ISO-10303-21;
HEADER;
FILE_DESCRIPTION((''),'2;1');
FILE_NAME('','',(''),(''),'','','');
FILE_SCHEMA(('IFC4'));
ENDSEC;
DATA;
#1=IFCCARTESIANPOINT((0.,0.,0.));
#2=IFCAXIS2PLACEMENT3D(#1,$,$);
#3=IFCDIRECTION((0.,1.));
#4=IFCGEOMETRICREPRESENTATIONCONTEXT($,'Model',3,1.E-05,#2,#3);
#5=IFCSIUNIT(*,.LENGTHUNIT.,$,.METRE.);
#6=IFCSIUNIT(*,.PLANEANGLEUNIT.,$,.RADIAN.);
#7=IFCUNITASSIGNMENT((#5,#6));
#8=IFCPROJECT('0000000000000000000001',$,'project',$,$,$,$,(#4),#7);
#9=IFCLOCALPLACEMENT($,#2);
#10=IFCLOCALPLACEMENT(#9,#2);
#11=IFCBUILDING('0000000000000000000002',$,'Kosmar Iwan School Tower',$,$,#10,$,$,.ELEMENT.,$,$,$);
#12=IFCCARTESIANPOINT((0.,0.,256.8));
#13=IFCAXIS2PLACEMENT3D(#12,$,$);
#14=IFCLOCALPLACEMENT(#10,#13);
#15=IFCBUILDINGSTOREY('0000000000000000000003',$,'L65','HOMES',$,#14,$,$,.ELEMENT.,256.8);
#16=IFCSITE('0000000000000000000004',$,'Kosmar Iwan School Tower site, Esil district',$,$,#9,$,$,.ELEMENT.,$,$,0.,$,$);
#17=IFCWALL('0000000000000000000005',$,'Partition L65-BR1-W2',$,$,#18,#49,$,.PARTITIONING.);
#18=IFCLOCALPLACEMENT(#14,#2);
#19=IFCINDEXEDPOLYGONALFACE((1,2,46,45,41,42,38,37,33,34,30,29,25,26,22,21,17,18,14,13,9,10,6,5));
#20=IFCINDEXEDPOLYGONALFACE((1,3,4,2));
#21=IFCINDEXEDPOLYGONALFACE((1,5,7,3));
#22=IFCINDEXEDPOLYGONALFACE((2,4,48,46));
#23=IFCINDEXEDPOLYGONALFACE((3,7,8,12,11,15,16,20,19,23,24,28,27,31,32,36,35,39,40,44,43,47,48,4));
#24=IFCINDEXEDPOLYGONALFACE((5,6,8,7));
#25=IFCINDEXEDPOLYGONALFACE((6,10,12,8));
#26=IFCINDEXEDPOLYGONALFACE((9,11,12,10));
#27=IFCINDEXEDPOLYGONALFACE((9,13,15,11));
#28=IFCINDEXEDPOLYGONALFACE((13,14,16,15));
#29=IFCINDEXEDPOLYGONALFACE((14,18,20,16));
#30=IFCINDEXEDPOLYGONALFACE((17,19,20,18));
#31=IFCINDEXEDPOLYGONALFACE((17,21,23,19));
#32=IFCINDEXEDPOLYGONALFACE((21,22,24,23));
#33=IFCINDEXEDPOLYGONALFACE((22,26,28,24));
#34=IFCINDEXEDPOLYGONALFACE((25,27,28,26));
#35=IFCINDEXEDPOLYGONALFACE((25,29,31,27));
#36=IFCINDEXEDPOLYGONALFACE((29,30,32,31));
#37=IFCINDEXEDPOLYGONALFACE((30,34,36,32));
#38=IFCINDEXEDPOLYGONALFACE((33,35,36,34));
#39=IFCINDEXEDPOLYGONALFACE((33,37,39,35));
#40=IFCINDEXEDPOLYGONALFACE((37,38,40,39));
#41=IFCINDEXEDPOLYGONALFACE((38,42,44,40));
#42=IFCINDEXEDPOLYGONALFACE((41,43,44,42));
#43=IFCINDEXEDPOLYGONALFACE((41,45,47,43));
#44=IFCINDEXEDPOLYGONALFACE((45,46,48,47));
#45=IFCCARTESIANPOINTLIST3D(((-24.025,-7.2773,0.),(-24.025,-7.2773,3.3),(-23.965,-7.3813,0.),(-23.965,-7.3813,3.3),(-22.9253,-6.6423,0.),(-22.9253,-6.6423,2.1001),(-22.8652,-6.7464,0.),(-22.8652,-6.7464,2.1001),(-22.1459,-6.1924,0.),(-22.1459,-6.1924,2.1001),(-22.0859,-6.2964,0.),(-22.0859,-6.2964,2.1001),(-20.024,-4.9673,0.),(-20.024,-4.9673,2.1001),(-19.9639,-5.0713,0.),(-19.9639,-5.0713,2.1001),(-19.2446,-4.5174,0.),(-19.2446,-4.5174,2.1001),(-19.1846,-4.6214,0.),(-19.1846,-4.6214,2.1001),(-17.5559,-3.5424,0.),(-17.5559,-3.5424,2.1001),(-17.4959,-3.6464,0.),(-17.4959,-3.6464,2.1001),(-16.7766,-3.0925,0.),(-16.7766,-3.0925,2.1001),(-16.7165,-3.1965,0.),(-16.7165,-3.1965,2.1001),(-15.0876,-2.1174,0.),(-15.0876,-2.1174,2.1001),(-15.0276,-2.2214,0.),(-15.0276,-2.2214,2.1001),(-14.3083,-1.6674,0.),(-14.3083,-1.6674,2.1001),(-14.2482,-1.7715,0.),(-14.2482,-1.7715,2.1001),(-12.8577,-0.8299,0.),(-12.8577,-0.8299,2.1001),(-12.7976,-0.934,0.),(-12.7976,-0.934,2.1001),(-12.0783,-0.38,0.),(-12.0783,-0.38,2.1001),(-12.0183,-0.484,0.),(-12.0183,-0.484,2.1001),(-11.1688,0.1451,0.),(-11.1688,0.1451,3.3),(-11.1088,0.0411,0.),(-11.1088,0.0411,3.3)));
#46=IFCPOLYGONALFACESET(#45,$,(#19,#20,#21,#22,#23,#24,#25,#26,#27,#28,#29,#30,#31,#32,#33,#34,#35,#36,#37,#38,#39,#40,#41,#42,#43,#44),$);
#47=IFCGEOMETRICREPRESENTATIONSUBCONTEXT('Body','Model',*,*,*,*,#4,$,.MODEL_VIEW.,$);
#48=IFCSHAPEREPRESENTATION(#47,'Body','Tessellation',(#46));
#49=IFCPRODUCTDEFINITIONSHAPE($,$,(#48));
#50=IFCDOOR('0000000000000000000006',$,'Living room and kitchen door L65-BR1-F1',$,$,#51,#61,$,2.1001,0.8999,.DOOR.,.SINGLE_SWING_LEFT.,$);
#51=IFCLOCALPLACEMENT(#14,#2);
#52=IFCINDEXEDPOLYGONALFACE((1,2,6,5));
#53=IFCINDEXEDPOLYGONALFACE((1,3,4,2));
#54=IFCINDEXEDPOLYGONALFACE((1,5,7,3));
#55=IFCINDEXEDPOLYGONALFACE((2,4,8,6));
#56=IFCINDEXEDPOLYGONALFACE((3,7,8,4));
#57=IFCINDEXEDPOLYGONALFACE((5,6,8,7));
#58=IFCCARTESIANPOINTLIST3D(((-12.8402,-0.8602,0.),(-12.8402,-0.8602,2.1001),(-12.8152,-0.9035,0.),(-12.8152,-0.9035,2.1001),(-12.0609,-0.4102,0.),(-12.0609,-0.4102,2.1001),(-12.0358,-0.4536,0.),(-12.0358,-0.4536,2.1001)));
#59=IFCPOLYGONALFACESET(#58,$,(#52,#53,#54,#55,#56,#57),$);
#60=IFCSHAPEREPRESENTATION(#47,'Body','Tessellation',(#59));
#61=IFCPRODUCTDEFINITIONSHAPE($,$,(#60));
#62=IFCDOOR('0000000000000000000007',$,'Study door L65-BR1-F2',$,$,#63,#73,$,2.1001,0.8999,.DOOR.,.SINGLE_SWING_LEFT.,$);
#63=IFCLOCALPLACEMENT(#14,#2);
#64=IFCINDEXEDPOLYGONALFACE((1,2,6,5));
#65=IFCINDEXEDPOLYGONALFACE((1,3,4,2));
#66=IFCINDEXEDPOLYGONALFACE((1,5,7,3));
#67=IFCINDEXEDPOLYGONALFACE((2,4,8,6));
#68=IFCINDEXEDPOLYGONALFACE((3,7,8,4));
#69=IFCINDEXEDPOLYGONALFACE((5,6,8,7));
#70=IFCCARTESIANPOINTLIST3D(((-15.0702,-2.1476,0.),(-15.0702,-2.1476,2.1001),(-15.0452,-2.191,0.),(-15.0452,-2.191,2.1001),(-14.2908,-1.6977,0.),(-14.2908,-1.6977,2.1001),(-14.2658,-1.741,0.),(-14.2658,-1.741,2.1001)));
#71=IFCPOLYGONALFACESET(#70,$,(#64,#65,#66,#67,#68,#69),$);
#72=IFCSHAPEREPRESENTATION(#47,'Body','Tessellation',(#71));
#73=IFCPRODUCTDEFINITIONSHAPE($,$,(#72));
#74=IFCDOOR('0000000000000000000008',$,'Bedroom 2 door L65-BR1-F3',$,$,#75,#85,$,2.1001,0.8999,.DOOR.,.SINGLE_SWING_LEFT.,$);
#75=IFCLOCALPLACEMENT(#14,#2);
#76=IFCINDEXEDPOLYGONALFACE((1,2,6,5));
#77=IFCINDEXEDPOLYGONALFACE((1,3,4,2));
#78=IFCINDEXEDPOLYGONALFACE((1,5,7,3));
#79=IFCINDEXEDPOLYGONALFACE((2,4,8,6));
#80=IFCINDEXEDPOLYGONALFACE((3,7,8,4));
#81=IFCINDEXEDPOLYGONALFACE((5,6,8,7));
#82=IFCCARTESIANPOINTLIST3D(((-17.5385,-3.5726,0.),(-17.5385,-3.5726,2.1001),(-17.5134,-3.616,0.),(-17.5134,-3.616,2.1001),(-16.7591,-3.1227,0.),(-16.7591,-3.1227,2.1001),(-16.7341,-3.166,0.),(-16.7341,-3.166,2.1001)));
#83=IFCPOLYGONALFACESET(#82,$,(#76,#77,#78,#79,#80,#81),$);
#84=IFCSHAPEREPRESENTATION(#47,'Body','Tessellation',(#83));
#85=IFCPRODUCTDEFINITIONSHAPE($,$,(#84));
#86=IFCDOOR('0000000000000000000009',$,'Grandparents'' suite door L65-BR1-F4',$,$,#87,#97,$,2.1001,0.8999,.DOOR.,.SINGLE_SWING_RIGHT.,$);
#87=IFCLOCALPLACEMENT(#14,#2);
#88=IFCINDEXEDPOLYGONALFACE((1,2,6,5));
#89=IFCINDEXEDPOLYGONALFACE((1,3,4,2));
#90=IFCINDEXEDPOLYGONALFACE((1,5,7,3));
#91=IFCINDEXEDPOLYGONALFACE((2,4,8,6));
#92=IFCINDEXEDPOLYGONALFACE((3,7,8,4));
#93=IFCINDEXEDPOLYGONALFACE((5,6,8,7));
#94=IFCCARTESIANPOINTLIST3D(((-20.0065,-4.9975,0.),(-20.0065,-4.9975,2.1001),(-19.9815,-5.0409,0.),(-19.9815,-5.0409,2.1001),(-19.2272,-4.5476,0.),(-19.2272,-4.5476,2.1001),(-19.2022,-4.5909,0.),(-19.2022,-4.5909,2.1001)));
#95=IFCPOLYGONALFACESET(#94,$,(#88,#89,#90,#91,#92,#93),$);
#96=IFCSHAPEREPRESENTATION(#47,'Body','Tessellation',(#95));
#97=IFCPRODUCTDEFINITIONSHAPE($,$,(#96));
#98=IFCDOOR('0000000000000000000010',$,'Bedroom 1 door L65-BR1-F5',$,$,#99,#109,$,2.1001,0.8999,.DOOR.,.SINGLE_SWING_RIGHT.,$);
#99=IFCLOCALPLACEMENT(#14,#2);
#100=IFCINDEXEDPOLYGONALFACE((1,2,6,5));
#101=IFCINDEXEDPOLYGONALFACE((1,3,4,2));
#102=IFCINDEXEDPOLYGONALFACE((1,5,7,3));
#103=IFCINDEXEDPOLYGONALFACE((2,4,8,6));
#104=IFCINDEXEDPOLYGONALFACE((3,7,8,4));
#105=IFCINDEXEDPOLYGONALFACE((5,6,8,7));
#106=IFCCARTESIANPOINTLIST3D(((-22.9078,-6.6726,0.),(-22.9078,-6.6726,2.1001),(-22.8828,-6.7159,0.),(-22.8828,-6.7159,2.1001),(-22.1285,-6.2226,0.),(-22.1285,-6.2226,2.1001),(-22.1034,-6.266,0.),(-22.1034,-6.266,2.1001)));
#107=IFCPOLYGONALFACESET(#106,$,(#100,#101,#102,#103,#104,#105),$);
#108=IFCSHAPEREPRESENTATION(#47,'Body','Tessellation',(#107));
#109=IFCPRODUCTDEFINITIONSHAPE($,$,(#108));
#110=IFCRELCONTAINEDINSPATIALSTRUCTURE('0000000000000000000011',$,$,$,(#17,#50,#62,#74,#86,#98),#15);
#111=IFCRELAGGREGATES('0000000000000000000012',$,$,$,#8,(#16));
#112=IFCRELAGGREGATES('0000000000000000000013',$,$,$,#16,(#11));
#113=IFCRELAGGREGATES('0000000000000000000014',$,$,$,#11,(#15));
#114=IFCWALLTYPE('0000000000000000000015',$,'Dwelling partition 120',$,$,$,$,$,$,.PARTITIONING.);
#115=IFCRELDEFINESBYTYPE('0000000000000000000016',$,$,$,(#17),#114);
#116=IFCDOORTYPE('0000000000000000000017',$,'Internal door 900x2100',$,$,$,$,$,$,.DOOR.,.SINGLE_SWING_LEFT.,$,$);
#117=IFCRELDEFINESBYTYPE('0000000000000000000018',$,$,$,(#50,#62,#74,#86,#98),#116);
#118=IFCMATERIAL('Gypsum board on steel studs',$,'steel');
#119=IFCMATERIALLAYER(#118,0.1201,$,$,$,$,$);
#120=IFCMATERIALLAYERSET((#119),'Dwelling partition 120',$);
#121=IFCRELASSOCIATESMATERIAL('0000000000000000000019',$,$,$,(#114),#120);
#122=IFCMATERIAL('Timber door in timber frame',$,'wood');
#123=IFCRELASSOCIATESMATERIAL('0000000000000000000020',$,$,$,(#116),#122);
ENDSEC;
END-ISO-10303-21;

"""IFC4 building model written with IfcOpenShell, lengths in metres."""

from ifc_helpers import new_model, si_unit, direction, frame, frame_2d, origin, place, context, subcontext, project, spatial, rectangle, extrude, material, layer, layer_set, type_object, element, fill, save


model = new_model("IFC4")

# Units and contexts
model_context = context("Model", 3, precision=1e-05, world=origin(), true_north=direction((0.0, 1.0)))
body_context = subcontext(model_context, "Body", "Model", "MODEL_VIEW")
ifc_project = project(units=[si_unit("LENGTHUNIT", "METRE"), si_unit("PLANEANGLEUNIT", "RADIAN")], contexts=[model_context])

# Site, building, storey
site_placement = place(None, origin())
site = spatial("IfcSite", under=ifc_project, at=site_placement, Name="Kosmar Iwan School Tower site, Esil district", CompositionType="ELEMENT", RefElevation=0.0)
building_placement = place(site_placement, origin())
building = spatial("IfcBuilding", under=site, at=building_placement, Name="Kosmar Iwan School Tower", CompositionType="ELEMENT")
storey_placement = place(building_placement, frame((0.0, 0.0, 256.8)))
storey = spatial("IfcBuildingStorey", under=building, at=storey_placement, Name="L65", Description="HOMES", CompositionType="ELEMENT", Elevation=256.8)

# Wall, openings, doors
ifc_material_1 = material(Name="Gypsum board on steel studs", Category="steel")
ifc_layer_1 = layer(ifc_material_1, 0.1201)
ifc_layer_set_1 = layer_set([ifc_layer_1], Name="Dwelling partition 120")
wall_type_1 = type_object("IfcWallType", Name="Dwelling partition 120", PredefinedType="PARTITIONING", material=ifc_layer_set_1)
wall_1_placement = place(storey_placement, frame((-11.1389, 0.093, 0.0), z_axis=(0.0, 0.0, 1.0), x_axis=(-0.86603, -0.499992, 0.0)))
wall_1 = element("IfcWall", 1, at=wall_1_placement, inside=storey, type_object=wall_type_1, Name="Partition L65-BR1-W2", PredefinedType="PARTITIONING", context=body_context, shape_type="SweptSolid", body=[
    extrude(rectangle(XDim=14.845, YDim=0.1201, at=frame_2d((7.4224, 0.0))), origin(), (0.0, 0.0, 1.0), 3.3),
])
opening_1_placement = place(wall_1_placement, frame((1.05, 0.0, 0.0)))
opening_1 = element("IfcOpeningElement", 2, at=opening_1_placement, cuts=wall_1, PredefinedType="OPENING", context=body_context, shape_type="SweptSolid", body=[
    extrude(rectangle(XDim=0.8999, YDim=2.1001, at=frame_2d((0.45, 1.05))), frame((0.0, 0.072, 0.0), z_axis=(0.0, -1.0, 0.0), x_axis=(1.0, 0.0, 0.0)), (0.0, 0.0, 1.0), 0.144),
])
opening_2_placement = place(wall_1_placement, frame((3.625, 0.0, 0.0)))
opening_2 = element("IfcOpeningElement", 3, at=opening_2_placement, cuts=wall_1, PredefinedType="OPENING", context=body_context, shape_type="SweptSolid", body=[
    extrude(rectangle(XDim=0.8999, YDim=2.1001, at=frame_2d((0.45, 1.05))), frame((0.0, 0.072, 0.0), z_axis=(0.0, -1.0, 0.0), x_axis=(1.0, 0.0, 0.0)), (0.0, 0.0, 1.0), 0.144),
])
opening_3_placement = place(wall_1_placement, frame((6.4751, 0.0, 0.0)))
opening_3 = element("IfcOpeningElement", 4, at=opening_3_placement, cuts=wall_1, PredefinedType="OPENING", context=body_context, shape_type="SweptSolid", body=[
    extrude(rectangle(XDim=0.8999, YDim=2.1001, at=frame_2d((0.45, 1.05))), frame((0.0, 0.072, 0.0), z_axis=(0.0, -1.0, 0.0), x_axis=(1.0, 0.0, 0.0)), (0.0, 0.0, 1.0), 0.144),
])
opening_4_placement = place(wall_1_placement, frame((9.325, 0.0, 0.0)))
opening_4 = element("IfcOpeningElement", 5, at=opening_4_placement, cuts=wall_1, PredefinedType="OPENING", context=body_context, shape_type="SweptSolid", body=[
    extrude(rectangle(XDim=0.8999, YDim=2.1001, at=frame_2d((0.45, 1.05))), frame((0.0, 0.072, 0.0), z_axis=(0.0, -1.0, 0.0), x_axis=(1.0, 0.0, 0.0)), (0.0, 0.0, 1.0), 0.144),
])
opening_5_placement = place(wall_1_placement, frame((12.675, 0.0, 0.0)))
opening_5 = element("IfcOpeningElement", 6, at=opening_5_placement, cuts=wall_1, PredefinedType="OPENING", context=body_context, shape_type="SweptSolid", body=[
    extrude(rectangle(XDim=0.8999, YDim=2.1001, at=frame_2d((0.45, 1.05))), frame((0.0, 0.072, 0.0), z_axis=(0.0, -1.0, 0.0), x_axis=(1.0, 0.0, 0.0)), (0.0, 0.0, 1.0), 0.144),
])
ifc_material_2 = material(Name="Timber door in timber frame", Category="wood")
door_type = type_object("IfcDoorType", Name="Internal door 900x2100", OperationType="SINGLE_SWING_LEFT", PredefinedType="DOOR", material=ifc_material_2)
door_1_placement = place(opening_1_placement, origin())
door_1 = element("IfcDoor", 7, at=door_1_placement, inside=storey, type_object=door_type, Name="Living room and kitchen door L65-BR1-F1", OperationType="SINGLE_SWING_LEFT", OverallHeight=2.1001, OverallWidth=0.8999, PredefinedType="DOOR", context=body_context, shape_type="SweptSolid", body=[
    extrude(rectangle(XDim=0.8999, YDim=2.1001, at=frame_2d((0.45, 1.05))), frame((0.0, 0.0249, 0.0), z_axis=(0.0, -1.0, 0.0), x_axis=(1.0, 0.0, 0.0)), (0.0, 0.0, 1.0), 0.05),
])
fill(opening_1, door_1)
door_2_placement = place(opening_2_placement, origin())
door_2 = element("IfcDoor", 8, at=door_2_placement, inside=storey, type_object=door_type, Name="Study door L65-BR1-F2", OperationType="SINGLE_SWING_LEFT", OverallHeight=2.1001, OverallWidth=0.8999, PredefinedType="DOOR", context=body_context, shape_type="SweptSolid", body=[
    extrude(rectangle(XDim=0.8999, YDim=2.1001, at=frame_2d((0.45, 1.05))), frame((0.0, 0.0249, 0.0), z_axis=(0.0, -1.0, 0.0), x_axis=(1.0, 0.0, 0.0)), (0.0, 0.0, 1.0), 0.05),
])
fill(opening_2, door_2)
door_3_placement = place(opening_3_placement, origin())
door_3 = element("IfcDoor", 9, at=door_3_placement, inside=storey, type_object=door_type, Name="Bedroom 2 door L65-BR1-F3", OperationType="SINGLE_SWING_LEFT", OverallHeight=2.1001, OverallWidth=0.8999, PredefinedType="DOOR", context=body_context, shape_type="SweptSolid", body=[
    extrude(rectangle(XDim=0.8999, YDim=2.1001, at=frame_2d((0.45, 1.05))), frame((0.0, 0.0249, 0.0), z_axis=(0.0, -1.0, 0.0), x_axis=(1.0, 0.0, 0.0)), (0.0, 0.0, 1.0), 0.05),
])
fill(opening_3, door_3)
door_4_placement = place(opening_4_placement, origin())
door_4 = element("IfcDoor", 10, at=door_4_placement, inside=storey, type_object=door_type, Name="Grandparents' suite door L65-BR1-F4", OperationType="SINGLE_SWING_RIGHT", OverallHeight=2.1001, OverallWidth=0.8999, PredefinedType="DOOR", context=body_context, shape_type="SweptSolid", body=[
    extrude(rectangle(XDim=0.8999, YDim=2.1001, at=frame_2d((0.45, 1.05))), frame((0.0, 0.0249, 0.0), z_axis=(0.0, -1.0, 0.0), x_axis=(1.0, 0.0, 0.0)), (0.0, 0.0, 1.0), 0.05),
])
fill(opening_4, door_4)
door_5_placement = place(opening_5_placement, origin())
door_5 = element("IfcDoor", 11, at=door_5_placement, inside=storey, type_object=door_type, Name="Bedroom 1 door L65-BR1-F5", OperationType="SINGLE_SWING_RIGHT", OverallHeight=2.1001, OverallWidth=0.8999, PredefinedType="DOOR", context=body_context, shape_type="SweptSolid", body=[
    extrude(rectangle(XDim=0.8999, YDim=2.1001, at=frame_2d((0.45, 1.05))), frame((0.0, 0.0249, 0.0), z_axis=(0.0, -1.0, 0.0), x_axis=(1.0, 0.0, 0.0)), (0.0, 0.0, 1.0), 0.05),
])
fill(opening_5, door_5)

save(model, "model.ifc")
